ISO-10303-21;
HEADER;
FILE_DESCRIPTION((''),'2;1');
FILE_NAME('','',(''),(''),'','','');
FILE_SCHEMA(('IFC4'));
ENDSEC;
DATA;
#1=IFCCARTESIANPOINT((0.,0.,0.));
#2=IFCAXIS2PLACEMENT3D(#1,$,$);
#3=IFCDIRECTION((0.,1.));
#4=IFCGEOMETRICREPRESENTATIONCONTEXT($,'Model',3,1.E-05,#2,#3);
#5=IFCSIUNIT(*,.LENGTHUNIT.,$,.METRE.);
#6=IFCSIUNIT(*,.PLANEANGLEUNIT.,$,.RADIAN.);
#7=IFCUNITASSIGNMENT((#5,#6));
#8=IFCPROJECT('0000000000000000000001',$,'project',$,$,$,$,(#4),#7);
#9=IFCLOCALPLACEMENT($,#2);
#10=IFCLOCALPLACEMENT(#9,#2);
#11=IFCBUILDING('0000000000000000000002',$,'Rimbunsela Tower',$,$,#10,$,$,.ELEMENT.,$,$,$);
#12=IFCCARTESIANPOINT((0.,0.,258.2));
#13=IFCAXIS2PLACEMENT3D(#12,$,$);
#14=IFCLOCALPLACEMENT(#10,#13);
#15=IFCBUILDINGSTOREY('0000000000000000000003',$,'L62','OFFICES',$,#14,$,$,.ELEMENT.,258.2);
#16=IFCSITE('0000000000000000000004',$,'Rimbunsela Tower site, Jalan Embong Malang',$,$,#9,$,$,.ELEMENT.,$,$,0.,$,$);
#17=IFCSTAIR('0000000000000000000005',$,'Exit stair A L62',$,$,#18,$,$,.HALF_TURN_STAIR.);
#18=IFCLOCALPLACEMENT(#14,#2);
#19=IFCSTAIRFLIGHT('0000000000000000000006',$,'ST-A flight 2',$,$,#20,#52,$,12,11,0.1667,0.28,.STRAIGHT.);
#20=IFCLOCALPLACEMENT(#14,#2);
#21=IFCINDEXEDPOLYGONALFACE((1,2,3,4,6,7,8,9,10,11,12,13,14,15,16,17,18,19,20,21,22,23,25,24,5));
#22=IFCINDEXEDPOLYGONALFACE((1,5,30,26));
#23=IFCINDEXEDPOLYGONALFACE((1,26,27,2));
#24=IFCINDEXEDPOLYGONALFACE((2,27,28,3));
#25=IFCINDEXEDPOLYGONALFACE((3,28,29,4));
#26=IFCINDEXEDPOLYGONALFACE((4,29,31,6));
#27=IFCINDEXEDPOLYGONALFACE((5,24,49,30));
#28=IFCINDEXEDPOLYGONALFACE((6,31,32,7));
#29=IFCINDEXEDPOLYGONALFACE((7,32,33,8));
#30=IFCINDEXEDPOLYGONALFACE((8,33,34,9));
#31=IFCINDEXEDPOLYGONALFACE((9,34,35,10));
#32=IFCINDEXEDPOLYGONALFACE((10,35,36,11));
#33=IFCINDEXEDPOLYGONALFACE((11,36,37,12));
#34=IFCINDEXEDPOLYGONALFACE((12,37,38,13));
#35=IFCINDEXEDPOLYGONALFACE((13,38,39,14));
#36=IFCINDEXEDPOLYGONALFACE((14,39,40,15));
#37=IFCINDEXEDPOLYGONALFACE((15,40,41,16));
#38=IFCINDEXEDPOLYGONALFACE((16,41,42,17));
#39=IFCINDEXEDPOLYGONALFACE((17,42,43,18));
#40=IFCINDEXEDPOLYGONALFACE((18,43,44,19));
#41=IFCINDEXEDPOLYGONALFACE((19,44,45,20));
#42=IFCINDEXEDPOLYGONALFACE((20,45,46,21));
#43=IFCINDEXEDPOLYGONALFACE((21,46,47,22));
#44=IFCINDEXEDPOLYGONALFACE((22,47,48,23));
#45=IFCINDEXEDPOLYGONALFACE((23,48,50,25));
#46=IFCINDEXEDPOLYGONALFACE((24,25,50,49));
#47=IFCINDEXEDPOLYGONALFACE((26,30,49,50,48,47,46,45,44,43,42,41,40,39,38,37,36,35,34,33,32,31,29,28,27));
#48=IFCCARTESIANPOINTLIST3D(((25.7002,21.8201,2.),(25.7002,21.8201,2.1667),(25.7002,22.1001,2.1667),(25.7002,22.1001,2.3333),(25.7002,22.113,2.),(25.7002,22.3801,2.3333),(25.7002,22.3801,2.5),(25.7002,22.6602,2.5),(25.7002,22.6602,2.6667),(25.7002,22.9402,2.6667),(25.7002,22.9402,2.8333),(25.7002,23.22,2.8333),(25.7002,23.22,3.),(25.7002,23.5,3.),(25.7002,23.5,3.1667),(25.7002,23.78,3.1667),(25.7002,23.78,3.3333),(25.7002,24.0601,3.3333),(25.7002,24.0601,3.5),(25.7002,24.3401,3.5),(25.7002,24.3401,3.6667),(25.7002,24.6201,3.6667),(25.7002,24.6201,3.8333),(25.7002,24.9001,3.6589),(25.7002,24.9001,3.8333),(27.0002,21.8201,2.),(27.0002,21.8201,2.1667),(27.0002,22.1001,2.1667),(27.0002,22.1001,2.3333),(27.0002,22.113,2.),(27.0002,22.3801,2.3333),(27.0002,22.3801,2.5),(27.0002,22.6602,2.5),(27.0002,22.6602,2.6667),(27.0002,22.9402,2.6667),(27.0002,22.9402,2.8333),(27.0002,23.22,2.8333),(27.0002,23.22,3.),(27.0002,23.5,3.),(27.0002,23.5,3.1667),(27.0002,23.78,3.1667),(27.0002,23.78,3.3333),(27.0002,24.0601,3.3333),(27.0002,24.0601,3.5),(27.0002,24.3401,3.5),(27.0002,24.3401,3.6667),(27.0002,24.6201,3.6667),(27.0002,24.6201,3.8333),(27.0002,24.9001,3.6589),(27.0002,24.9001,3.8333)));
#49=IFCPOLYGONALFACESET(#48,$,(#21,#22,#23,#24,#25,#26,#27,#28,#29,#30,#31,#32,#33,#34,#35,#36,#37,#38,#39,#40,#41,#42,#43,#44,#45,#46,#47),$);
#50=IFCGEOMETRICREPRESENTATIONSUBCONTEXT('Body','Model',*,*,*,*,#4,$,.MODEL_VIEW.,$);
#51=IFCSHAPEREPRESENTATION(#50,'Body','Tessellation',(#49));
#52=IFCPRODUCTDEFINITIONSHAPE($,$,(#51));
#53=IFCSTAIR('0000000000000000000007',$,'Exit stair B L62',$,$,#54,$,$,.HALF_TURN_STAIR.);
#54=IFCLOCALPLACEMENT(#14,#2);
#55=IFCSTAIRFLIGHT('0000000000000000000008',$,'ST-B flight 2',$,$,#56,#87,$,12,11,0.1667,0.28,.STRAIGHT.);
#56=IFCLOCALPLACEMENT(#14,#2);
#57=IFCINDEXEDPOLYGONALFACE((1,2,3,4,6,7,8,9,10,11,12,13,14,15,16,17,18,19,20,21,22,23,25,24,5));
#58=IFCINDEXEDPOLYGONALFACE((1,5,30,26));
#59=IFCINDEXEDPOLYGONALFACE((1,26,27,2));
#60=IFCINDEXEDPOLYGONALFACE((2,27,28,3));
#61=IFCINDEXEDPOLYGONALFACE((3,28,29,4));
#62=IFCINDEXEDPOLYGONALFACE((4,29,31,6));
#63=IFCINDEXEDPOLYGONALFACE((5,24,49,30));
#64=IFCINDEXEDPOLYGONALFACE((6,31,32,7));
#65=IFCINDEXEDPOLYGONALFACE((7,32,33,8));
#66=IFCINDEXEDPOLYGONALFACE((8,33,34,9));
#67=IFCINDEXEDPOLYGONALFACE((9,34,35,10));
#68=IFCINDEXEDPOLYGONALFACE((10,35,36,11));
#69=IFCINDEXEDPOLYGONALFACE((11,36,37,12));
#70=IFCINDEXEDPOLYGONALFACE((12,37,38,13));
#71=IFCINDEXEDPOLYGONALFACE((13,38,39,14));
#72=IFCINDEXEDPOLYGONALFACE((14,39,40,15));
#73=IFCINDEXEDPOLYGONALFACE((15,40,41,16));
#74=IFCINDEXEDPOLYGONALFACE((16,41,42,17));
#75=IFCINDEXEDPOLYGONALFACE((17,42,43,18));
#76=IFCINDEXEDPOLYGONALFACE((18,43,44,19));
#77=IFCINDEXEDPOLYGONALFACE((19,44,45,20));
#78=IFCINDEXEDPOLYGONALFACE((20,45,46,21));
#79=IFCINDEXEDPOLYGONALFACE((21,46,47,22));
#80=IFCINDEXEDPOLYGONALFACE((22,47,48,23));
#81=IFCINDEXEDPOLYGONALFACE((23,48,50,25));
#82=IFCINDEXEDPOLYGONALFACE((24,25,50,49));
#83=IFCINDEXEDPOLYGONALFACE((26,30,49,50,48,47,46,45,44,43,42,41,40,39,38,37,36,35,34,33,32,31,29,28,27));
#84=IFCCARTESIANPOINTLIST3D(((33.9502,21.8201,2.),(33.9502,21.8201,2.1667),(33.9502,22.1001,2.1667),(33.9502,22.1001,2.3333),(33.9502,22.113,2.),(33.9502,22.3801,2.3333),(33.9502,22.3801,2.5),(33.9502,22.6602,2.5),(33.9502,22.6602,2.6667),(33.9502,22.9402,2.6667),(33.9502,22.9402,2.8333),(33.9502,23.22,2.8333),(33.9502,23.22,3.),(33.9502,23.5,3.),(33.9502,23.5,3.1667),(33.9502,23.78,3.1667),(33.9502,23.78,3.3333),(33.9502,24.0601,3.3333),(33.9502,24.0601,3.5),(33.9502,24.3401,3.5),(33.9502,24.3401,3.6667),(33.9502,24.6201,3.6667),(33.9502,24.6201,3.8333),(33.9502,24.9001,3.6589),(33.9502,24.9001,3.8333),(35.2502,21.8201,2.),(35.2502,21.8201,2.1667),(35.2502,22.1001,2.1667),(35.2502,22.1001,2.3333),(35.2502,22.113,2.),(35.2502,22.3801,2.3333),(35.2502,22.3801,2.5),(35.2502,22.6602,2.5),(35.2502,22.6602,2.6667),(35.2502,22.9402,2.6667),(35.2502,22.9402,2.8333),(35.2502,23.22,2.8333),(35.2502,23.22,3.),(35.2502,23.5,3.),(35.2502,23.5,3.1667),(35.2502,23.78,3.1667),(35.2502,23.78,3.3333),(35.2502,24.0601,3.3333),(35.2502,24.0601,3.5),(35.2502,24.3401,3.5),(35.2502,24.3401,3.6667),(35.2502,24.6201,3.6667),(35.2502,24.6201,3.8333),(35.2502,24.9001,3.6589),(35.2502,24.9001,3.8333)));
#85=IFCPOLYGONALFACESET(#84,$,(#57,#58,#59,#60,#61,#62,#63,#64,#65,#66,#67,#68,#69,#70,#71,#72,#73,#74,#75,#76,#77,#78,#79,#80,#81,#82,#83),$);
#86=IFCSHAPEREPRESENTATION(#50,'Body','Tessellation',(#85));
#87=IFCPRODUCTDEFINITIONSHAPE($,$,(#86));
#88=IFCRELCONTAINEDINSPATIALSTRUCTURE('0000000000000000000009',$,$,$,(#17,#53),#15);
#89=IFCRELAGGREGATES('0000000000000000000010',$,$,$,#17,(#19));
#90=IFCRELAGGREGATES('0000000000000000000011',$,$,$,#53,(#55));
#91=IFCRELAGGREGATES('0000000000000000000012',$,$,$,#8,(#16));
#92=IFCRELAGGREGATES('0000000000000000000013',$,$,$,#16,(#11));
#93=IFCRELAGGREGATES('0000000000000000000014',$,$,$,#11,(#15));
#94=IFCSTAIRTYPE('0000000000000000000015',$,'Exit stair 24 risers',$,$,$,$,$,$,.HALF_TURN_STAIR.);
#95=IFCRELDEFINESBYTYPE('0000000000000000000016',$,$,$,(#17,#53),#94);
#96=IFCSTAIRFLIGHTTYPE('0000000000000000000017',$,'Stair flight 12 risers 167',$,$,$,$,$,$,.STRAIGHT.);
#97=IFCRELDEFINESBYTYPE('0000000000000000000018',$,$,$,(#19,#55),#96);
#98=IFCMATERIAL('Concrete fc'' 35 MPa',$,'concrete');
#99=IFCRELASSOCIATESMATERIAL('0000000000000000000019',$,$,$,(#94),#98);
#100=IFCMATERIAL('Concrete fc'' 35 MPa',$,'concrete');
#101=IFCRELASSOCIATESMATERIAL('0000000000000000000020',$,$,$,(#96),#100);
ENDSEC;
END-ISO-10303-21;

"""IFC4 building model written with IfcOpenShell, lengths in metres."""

from ifc_helpers import new_model, si_unit, direction, frame, origin, place, context, subcontext, project, spatial, polyline, outline, extrude, material, type_object, element, aggregate, save


model = new_model("IFC4")

# Units and contexts
model_context = context("Model", 3, precision=1e-05, world=origin(), true_north=direction((0.0, 1.0)))
body_context = subcontext(model_context, "Body", "Model", "MODEL_VIEW")
ifc_project = project(units=[si_unit("LENGTHUNIT", "METRE"), si_unit("PLANEANGLEUNIT", "RADIAN")], contexts=[model_context])

# Site, building, storey
site_placement = place(None, origin())
site = spatial("IfcSite", under=ifc_project, at=site_placement, Name="Rimbunsela Tower site, Jalan Embong Malang", CompositionType="ELEMENT", RefElevation=0.0)
building_placement = place(site_placement, origin())
building = spatial("IfcBuilding", under=site, at=building_placement, Name="Rimbunsela Tower", CompositionType="ELEMENT")
storey_placement = place(building_placement, frame((0.0, 0.0, 258.2)))
storey = spatial("IfcBuildingStorey", under=building, at=storey_placement, Name="L62", Description="OFFICES", CompositionType="ELEMENT", Elevation=258.2)

# Stairs, stair flights
ifc_material_1 = material(Name="Concrete fc' 35 MPa", Category="concrete")
stair_type = type_object("IfcStairType", Name="Exit stair 24 risers", PredefinedType="HALF_TURN_STAIR", material=ifc_material_1)
stair_1_placement = place(storey_placement, origin())
stair_1 = element("IfcStair", 1, at=stair_1_placement, inside=storey, type_object=stair_type, Name="Exit stair A L62", PredefinedType="HALF_TURN_STAIR")
ifc_material_2 = material(Name="Concrete fc' 35 MPa", Category="concrete")
stair_flight_type = type_object("IfcStairFlightType", Name="Stair flight 12 risers 167", PredefinedType="STRAIGHT", material=ifc_material_2)
stair_flight_1_placement = place(storey_placement, frame((26.3501, 21.8201, 2.0), z_axis=(0.0, 0.0, 1.0), x_axis=(0.0, 1.0, 0.0)))
stair_flight_1 = element("IfcStairFlight", 2, at=stair_flight_1_placement, type_object=stair_flight_type, Name="ST-A flight 2", NumberOfRisers=12, NumberOfTreads=11, PredefinedType="STRAIGHT", RiserHeight=0.1667, TreadLength=0.28, context=body_context, shape_type="SweptSolid", body=[
    extrude(outline(polyline([(0.0, 0.0), (0.0, 0.1667), (0.28, 0.1667), (0.28, 0.3333), (0.5601, 0.3333), (0.5601, 0.5), (0.8401, 0.5), (0.8401, 0.6667), (1.1201, 0.6667), (1.1201, 0.8333), (1.3999, 0.8333), (1.3999, 1.0), (1.6799, 1.0), (1.6799, 1.1667), (1.96, 1.1667), (1.96, 1.3333), (2.24, 1.3333), (2.24, 1.5), (2.52, 1.5), (2.52, 1.6667), (2.8, 1.6667), (2.8, 1.8333), (3.0801, 1.8333), (3.0801, 2.0), (3.0801, 1.6589), (0.293, 0.0), (0.0, 0.0)])), frame((0.0, 0.6499, 0.0), z_axis=(0.0, -1.0, 0.0), x_axis=(1.0, 0.0, 0.0)), (0.0, 0.0, 1.0), 1.3),
])
aggregate(stair_1, [stair_flight_1])
stair_2_placement = place(storey_placement, origin())
stair_2 = element("IfcStair", 3, at=stair_2_placement, inside=storey, type_object=stair_type, Name="Exit stair B L62", PredefinedType="HALF_TURN_STAIR")
stair_flight_2_placement = place(storey_placement, frame((34.6001, 21.8201, 2.0), z_axis=(0.0, 0.0, 1.0), x_axis=(0.0, 1.0, 0.0)))
stair_flight_2 = element("IfcStairFlight", 4, at=stair_flight_2_placement, type_object=stair_flight_type, Name="ST-B flight 2", NumberOfRisers=12, NumberOfTreads=11, PredefinedType="STRAIGHT", RiserHeight=0.1667, TreadLength=0.28, context=body_context, shape_type="SweptSolid", body=[
    extrude(outline(polyline([(0.0, 0.0), (0.0, 0.1667), (0.28, 0.1667), (0.28, 0.3333), (0.5601, 0.3333), (0.5601, 0.5), (0.8401, 0.5), (0.8401, 0.6667), (1.1201, 0.6667), (1.1201, 0.8333), (1.3999, 0.8333), (1.3999, 1.0), (1.6799, 1.0), (1.6799, 1.1667), (1.96, 1.1667), (1.96, 1.3333), (2.24, 1.3333), (2.24, 1.5), (2.52, 1.5), (2.52, 1.6667), (2.8, 1.6667), (2.8, 1.8333), (3.0801, 1.8333), (3.0801, 2.0), (3.0801, 1.6589), (0.293, 0.0), (0.0, 0.0)])), frame((0.0, 0.6499, 0.0), z_axis=(0.0, -1.0, 0.0), x_axis=(1.0, 0.0, 0.0)), (0.0, 0.0, 1.0), 1.3),
])
aggregate(stair_2, [stair_flight_2])

save(model, "model.ifc")
